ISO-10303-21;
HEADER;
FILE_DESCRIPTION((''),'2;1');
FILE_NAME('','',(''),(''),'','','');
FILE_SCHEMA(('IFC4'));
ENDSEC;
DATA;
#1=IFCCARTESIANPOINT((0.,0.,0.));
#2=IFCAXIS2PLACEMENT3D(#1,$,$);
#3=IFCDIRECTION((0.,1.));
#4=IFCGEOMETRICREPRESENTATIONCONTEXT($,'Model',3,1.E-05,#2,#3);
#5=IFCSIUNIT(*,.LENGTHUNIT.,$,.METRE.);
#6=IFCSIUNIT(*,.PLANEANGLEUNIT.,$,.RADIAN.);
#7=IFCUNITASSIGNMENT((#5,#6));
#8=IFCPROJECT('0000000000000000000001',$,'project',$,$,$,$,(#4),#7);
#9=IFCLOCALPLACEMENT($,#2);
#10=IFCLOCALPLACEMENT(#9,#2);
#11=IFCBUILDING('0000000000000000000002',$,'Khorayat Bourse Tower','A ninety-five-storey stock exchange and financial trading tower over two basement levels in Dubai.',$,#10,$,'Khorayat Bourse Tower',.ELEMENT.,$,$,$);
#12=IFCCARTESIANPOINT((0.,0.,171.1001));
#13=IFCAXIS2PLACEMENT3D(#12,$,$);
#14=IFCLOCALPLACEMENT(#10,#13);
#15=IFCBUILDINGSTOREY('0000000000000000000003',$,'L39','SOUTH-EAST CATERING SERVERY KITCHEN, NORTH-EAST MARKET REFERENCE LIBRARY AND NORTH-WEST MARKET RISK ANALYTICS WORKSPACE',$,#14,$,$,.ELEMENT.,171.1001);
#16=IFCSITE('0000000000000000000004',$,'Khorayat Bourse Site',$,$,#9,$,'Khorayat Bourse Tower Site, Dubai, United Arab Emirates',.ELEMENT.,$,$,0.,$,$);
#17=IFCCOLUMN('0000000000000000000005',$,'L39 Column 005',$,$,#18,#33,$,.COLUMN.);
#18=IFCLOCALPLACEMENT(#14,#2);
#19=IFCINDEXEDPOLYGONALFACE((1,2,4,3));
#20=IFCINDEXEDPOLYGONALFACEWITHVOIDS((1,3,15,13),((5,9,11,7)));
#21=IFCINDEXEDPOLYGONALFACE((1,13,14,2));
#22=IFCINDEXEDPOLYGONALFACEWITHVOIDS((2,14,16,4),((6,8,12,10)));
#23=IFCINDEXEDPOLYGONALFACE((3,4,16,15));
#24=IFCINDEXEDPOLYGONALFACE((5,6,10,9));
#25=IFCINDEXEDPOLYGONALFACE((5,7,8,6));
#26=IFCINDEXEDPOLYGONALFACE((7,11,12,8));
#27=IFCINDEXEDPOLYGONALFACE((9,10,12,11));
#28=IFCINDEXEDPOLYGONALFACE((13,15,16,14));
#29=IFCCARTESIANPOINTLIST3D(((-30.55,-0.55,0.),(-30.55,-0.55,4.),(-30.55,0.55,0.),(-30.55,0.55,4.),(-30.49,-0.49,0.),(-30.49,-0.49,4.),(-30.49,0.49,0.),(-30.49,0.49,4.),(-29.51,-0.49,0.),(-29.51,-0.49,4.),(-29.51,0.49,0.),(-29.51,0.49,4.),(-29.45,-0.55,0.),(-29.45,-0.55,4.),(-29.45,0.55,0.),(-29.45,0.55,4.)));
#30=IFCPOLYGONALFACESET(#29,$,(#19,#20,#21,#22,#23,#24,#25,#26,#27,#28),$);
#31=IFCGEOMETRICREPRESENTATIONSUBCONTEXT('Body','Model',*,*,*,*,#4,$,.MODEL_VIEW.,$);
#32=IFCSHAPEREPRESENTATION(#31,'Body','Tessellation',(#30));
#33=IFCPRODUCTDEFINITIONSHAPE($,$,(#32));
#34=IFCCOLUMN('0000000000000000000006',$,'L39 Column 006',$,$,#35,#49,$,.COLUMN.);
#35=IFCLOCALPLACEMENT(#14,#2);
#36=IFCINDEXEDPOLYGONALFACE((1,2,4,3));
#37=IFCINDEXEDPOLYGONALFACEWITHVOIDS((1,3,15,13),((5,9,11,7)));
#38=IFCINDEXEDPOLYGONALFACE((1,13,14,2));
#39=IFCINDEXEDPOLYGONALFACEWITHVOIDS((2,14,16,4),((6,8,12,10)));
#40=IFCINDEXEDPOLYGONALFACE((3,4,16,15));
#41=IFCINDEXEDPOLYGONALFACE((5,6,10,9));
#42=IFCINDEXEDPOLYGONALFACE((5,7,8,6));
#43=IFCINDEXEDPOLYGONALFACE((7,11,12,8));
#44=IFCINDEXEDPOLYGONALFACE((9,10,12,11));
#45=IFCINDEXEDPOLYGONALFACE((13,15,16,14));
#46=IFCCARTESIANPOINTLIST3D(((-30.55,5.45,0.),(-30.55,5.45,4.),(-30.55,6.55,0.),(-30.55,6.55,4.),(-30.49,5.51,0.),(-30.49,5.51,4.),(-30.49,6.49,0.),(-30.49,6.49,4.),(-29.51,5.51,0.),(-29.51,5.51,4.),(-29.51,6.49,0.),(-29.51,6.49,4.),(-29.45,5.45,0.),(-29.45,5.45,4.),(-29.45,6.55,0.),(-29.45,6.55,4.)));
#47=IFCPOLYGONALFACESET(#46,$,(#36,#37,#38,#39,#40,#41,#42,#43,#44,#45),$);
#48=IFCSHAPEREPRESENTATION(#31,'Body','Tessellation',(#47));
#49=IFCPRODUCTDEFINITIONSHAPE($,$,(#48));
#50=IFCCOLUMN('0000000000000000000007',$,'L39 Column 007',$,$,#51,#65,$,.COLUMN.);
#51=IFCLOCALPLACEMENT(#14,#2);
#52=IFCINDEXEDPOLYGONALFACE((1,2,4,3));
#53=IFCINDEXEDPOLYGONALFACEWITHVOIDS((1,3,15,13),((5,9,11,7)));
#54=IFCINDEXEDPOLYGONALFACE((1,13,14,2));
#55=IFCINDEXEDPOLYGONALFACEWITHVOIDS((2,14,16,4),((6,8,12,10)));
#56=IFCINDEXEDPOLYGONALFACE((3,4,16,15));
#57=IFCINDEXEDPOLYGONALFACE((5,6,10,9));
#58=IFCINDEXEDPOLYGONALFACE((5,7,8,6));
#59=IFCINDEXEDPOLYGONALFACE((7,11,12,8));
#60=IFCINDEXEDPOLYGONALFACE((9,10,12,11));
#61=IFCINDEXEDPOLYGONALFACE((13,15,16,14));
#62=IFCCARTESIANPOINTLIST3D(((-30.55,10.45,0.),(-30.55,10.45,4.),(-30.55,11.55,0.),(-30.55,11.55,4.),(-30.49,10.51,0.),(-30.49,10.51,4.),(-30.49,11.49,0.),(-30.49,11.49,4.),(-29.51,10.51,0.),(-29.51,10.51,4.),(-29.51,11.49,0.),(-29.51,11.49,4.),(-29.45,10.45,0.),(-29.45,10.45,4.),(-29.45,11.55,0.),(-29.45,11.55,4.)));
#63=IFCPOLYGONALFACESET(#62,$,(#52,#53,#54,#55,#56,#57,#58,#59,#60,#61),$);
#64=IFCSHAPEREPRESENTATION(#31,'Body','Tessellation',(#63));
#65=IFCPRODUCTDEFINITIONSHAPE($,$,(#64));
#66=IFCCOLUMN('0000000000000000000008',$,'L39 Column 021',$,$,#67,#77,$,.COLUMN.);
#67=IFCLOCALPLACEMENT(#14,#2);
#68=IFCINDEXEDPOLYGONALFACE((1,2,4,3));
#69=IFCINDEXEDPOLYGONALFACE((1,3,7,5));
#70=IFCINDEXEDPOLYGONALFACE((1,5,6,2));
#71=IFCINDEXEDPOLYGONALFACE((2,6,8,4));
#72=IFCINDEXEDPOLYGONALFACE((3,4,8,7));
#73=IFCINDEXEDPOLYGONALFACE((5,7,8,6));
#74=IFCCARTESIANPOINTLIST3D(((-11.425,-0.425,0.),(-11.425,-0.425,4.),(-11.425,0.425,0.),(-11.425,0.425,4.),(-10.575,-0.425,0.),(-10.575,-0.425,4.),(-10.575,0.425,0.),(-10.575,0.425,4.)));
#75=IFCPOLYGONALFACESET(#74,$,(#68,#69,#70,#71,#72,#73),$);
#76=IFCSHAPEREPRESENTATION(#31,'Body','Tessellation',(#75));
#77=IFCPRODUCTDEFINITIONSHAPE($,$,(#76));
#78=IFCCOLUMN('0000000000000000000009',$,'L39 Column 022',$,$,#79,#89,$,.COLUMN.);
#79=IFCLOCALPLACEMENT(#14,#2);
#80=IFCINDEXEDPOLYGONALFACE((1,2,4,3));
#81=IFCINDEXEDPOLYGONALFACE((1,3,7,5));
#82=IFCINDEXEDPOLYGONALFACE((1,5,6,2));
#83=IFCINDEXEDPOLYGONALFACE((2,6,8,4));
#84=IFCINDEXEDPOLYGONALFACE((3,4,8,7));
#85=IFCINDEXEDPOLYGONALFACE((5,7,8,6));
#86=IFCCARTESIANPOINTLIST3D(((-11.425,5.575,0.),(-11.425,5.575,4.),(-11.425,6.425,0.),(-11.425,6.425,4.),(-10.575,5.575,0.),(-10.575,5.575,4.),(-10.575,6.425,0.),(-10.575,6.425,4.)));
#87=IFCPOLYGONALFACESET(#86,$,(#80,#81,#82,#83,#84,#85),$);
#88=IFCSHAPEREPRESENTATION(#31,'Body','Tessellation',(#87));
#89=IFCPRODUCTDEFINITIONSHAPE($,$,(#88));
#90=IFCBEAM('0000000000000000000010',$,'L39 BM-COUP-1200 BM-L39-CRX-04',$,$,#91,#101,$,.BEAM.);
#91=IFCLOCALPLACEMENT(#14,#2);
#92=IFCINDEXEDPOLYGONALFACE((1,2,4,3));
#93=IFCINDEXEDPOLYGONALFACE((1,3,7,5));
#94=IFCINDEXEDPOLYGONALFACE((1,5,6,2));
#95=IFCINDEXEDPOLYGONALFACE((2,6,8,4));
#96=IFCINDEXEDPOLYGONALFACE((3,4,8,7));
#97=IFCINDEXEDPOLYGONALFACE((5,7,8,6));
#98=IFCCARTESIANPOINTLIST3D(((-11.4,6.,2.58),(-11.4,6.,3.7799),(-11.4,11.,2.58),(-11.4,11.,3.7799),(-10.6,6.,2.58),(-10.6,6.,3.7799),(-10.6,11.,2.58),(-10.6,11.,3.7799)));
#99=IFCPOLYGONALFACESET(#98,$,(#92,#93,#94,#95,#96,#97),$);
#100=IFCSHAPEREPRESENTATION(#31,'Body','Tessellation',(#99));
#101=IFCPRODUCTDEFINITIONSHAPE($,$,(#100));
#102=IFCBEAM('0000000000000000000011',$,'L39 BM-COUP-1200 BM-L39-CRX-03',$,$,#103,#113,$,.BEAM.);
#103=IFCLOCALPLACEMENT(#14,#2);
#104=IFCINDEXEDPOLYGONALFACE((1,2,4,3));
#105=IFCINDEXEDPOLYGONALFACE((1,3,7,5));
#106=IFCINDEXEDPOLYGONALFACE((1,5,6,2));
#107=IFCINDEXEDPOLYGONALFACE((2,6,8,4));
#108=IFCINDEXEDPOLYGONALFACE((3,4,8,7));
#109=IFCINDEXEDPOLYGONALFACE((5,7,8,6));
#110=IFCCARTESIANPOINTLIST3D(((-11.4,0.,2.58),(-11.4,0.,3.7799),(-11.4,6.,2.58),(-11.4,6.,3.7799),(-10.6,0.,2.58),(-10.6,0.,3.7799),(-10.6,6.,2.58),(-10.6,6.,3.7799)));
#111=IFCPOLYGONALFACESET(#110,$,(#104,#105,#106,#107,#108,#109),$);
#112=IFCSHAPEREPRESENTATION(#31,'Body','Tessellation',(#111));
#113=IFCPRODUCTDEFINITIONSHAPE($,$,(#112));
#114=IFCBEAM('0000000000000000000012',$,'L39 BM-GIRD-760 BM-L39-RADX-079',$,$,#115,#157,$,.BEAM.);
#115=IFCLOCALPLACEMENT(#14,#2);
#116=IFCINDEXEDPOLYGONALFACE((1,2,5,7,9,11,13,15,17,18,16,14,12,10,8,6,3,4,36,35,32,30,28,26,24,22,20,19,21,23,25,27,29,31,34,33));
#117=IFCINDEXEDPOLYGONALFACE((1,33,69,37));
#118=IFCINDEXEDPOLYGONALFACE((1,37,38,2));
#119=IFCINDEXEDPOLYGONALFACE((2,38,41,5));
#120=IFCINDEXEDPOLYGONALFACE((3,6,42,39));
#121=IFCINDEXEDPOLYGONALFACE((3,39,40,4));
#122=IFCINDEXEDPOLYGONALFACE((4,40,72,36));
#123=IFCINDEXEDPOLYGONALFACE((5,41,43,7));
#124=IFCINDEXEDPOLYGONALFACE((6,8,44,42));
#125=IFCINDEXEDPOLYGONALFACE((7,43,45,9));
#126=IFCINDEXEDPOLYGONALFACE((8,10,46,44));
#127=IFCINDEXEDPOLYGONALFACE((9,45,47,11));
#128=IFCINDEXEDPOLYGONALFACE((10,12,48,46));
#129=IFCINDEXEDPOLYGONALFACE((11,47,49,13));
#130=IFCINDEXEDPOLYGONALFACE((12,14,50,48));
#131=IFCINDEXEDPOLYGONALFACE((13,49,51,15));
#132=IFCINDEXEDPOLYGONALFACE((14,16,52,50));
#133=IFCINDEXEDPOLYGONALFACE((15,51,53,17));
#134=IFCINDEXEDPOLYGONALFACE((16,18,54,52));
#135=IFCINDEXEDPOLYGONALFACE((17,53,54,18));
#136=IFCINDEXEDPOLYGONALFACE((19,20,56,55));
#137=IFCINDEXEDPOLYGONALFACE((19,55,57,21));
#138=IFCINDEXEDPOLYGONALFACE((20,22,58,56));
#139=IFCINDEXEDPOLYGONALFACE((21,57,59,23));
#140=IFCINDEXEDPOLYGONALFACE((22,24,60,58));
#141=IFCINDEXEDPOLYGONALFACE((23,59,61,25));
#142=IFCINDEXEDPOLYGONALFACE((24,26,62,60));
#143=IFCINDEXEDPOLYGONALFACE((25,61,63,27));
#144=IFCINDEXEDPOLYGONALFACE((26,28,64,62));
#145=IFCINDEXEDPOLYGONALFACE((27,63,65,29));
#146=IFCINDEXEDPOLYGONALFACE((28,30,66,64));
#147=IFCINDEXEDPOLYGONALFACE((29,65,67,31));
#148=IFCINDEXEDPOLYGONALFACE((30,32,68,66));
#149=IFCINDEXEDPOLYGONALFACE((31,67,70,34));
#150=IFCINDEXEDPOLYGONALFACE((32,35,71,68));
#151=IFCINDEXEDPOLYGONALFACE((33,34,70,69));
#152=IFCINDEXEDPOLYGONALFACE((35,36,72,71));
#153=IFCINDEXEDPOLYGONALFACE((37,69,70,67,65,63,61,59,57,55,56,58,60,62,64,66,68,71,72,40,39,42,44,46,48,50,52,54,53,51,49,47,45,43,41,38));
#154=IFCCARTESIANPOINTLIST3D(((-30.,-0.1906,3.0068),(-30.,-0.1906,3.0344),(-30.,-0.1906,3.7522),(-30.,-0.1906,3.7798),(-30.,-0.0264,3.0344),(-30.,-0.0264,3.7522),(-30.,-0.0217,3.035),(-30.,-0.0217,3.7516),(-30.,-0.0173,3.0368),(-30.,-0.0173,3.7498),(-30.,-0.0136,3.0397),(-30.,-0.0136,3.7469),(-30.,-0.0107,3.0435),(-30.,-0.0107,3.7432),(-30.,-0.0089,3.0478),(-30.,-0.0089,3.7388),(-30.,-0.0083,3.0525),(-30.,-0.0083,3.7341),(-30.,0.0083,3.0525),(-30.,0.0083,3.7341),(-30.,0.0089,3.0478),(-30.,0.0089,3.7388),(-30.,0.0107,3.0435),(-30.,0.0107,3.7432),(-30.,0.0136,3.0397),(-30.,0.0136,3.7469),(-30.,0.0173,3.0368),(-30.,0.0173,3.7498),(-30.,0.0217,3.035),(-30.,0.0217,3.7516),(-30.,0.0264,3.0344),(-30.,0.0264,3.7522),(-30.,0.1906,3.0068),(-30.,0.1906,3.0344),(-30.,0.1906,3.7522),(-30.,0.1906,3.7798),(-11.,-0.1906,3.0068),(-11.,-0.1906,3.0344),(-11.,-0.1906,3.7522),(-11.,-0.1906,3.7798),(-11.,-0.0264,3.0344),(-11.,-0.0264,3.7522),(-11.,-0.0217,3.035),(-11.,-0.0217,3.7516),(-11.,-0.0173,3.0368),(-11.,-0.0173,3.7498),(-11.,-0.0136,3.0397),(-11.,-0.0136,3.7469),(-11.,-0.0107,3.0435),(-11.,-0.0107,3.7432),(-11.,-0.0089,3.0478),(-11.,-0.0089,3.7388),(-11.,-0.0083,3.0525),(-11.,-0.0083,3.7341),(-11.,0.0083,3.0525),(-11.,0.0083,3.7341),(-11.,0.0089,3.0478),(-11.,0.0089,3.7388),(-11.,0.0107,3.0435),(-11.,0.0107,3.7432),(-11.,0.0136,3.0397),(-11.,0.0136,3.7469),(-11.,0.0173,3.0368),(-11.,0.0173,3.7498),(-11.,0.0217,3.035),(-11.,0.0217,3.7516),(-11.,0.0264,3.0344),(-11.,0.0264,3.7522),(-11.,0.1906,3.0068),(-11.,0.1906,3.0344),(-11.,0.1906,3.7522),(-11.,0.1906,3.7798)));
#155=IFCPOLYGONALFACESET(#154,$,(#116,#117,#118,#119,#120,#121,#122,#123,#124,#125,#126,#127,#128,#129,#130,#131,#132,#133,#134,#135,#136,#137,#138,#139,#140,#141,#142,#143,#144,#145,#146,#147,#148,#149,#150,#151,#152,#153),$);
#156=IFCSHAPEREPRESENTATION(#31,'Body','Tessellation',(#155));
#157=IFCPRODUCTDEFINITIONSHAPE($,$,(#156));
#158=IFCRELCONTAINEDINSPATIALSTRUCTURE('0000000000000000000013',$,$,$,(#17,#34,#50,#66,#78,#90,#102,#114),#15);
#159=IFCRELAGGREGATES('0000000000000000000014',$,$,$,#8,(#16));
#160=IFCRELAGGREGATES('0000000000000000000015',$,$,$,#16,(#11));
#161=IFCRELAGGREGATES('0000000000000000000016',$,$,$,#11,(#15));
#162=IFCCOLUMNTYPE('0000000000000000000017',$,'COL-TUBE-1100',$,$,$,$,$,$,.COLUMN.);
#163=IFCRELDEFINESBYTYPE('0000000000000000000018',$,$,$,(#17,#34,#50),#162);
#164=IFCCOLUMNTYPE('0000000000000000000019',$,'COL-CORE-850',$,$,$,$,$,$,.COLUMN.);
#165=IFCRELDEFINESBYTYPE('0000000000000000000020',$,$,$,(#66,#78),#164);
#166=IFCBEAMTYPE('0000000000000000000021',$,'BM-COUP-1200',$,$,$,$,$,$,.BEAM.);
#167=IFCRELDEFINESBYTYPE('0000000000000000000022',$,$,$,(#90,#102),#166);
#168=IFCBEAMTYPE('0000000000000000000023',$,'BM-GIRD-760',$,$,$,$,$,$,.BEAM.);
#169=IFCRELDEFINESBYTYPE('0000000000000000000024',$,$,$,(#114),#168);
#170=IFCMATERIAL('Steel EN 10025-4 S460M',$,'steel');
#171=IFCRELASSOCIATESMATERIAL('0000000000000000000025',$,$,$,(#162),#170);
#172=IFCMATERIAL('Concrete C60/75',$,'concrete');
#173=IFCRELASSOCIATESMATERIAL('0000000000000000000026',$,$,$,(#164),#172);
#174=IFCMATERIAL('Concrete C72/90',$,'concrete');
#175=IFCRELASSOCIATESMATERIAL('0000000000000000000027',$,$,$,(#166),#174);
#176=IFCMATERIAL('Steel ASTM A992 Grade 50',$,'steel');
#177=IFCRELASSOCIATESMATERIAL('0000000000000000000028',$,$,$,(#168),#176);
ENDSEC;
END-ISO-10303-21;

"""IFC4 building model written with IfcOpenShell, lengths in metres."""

from ifc_helpers import new_model, si_unit, direction, frame, origin, origin_2d, place, context, subcontext, project, spatial, rectangle, hollow_rectangle, i_section, extrude, source, transform, mapped, material, material_profile, profile_set, type_object, element, save


model = new_model("IFC4")

# Units and contexts
model_context = context("Model", 3, precision=1e-05, world=origin(), true_north=direction((0.0, 1.0)))
body_context = subcontext(model_context, "Body", "Model", "MODEL_VIEW")
ifc_project = project(units=[si_unit("LENGTHUNIT", "METRE"), si_unit("PLANEANGLEUNIT", "RADIAN")], contexts=[model_context])

# Site, building, storey
site_placement = place(None, origin())
site = spatial("IfcSite", under=ifc_project, at=site_placement, Name="Khorayat Bourse Site", LongName="Khorayat Bourse Tower Site, Dubai, United Arab Emirates", CompositionType="ELEMENT", RefElevation=0.0)
building_placement = place(site_placement, origin())
building = spatial("IfcBuilding", under=site, at=building_placement, Name="Khorayat Bourse Tower", Description="A ninety-five-storey stock exchange and financial trading tower over two basement levels in Dubai.", LongName="Khorayat Bourse Tower", CompositionType="ELEMENT")
storey_placement = place(building_placement, frame((0.0, 0.0, 171.1001)))
storey = spatial("IfcBuildingStorey", under=building, at=storey_placement, Name="L39", Description="SOUTH-EAST CATERING SERVERY KITCHEN, NORTH-EAST MARKET REFERENCE LIBRARY AND NORTH-WEST MARKET RISK ANALYTICS WORKSPACE", CompositionType="ELEMENT", Elevation=171.1001)

# Columns
ifc_material_1 = material(Name="Steel EN 10025-4 S460M", Category="steel")
ifc_material_profile_1 = material_profile(ifc_material_1, hollow_rectangle(XDim=1.1001, YDim=1.1001, WallThickness=0.0601, at=origin_2d()), Name="BOX 1100x1100x60")
ifc_profile_set_1 = profile_set([ifc_material_profile_1], Name="Steel EN 10025-4 S460M")
column_type_1 = type_object("IfcColumnType", Name="COL-TUBE-1100", PredefinedType="COLUMN", material=ifc_profile_set_1)
shared_shape_1 = source(origin(), body_context, "Body", "SweptSolid", [
    extrude(hollow_rectangle(XDim=1.1001, YDim=1.1001, WallThickness=0.0601, at=origin_2d()), origin(), (0.0, 0.0, 1.0), 4.0),
])
for number, where, z_axis, x_axis, name in (
    (1, (-30.0, 0.0, 0.0), (0.0, 0.0, 1.0), (1.0, 0.0, 0.0), "L39 Column 005"),
    (2, (-30.0, 6.0, 0.0), (0.0, 0.0, 1.0), (1.0, 0.0, 0.0), "L39 Column 006"),
    (3, (-30.0, 11.0, 0.0), (0.0, 0.0, 1.0), (1.0, 0.0, 0.0), "L39 Column 007"),
):
    element("IfcColumn", number, at=place(storey_placement, frame(where, z_axis=z_axis, x_axis=x_axis)), inside=storey, type_object=column_type_1, Name=name, PredefinedType="COLUMN", context=body_context, shape_type="MappedRepresentation", body=[
        mapped(shared_shape_1, transform((0.0, 0.0, 0.0), scale=1.0)),
    ])
ifc_material_2 = material(Name="Concrete C60/75", Category="concrete")
ifc_material_profile_2 = material_profile(ifc_material_2, rectangle(XDim=0.8501, YDim=0.8501, at=origin_2d()), Name="RC 850x850")
ifc_profile_set_2 = profile_set([ifc_material_profile_2], Name="Concrete C60/75")
column_type_2 = type_object("IfcColumnType", Name="COL-CORE-850", PredefinedType="COLUMN", material=ifc_profile_set_2)
shared_shape_2 = source(origin(), body_context, "Body", "SweptSolid", [
    extrude(rectangle(XDim=0.8501, YDim=0.8501, at=origin_2d()), origin(), (0.0, 0.0, 1.0), 4.0),
])
for number, where, z_axis, x_axis, name in (
    (4, (-11.0, 0.0, 0.0), (0.0, 0.0, 1.0), (1.0, 0.0, 0.0), "L39 Column 021"),
    (5, (-11.0, 6.0, 0.0), (0.0, 0.0, 1.0), (1.0, 0.0, 0.0), "L39 Column 022"),
):
    element("IfcColumn", number, at=place(storey_placement, frame(where, z_axis=z_axis, x_axis=x_axis)), inside=storey, type_object=column_type_2, Name=name, PredefinedType="COLUMN", context=body_context, shape_type="MappedRepresentation", body=[
        mapped(shared_shape_2, transform((0.0, 0.0, 0.0), scale=1.0)),
    ])

# Beams
ifc_material_3 = material(Name="Concrete C72/90", Category="concrete")
ifc_material_profile_3 = material_profile(ifc_material_3, rectangle(XDim=0.8, YDim=1.2, at=origin_2d()), Name="RC 800x1200")
ifc_profile_set_3 = profile_set([ifc_material_profile_3], Name="Concrete C72/90")
beam_type_1 = type_object("IfcBeamType", Name="BM-COUP-1200", PredefinedType="BEAM", material=ifc_profile_set_3)
shared_shape_3 = source(origin(), body_context, "Body", "SweptSolid", [
    extrude(rectangle(XDim=0.8, YDim=1.2, at=origin_2d()), origin(), (0.0, 0.0, 1.0), 5.0),
])
beam_1_placement = place(storey_placement, frame((-11.0, 6.0, 3.1799), z_axis=(0.0, 1.0, 0.0), x_axis=(-1.0, 0.0, 0.0)))
element("IfcBeam", 6, at=beam_1_placement, inside=storey, type_object=beam_type_1, Name="L39 BM-COUP-1200 BM-L39-CRX-04", PredefinedType="BEAM", context=body_context, shape_type="MappedRepresentation", body=[
    mapped(shared_shape_3, transform((0.0, 0.0, 0.0), scale=1.0)),
])
shared_shape_4 = source(origin(), body_context, "Body", "SweptSolid", [
    extrude(rectangle(XDim=0.8, YDim=1.2, at=origin_2d()), origin(), (0.0, 0.0, 1.0), 6.0),
])
beam_2_placement = place(storey_placement, frame((-11.0, 0.0, 3.1799), z_axis=(0.0, 1.0, 0.0), x_axis=(-1.0, 0.0, 0.0)))
element("IfcBeam", 7, at=beam_2_placement, inside=storey, type_object=beam_type_1, Name="L39 BM-COUP-1200 BM-L39-CRX-03", PredefinedType="BEAM", context=body_context, shape_type="MappedRepresentation", body=[
    mapped(shared_shape_4, transform((0.0, 0.0, 0.0), scale=1.0)),
])
ifc_material_4 = material(Name="Steel ASTM A992 Grade 50", Category="steel")
ifc_material_profile_4 = material_profile(ifc_material_4, i_section(OverallWidth=0.3811, OverallDepth=0.7729, WebThickness=0.0166, FlangeThickness=0.0276, FilletRadius=0.0181, at=origin_2d()), Name="W760X257")
ifc_profile_set_4 = profile_set([ifc_material_profile_4], Name="Steel ASTM A992 Grade 50")
beam_type_2 = type_object("IfcBeamType", Name="BM-GIRD-760", PredefinedType="BEAM", material=ifc_profile_set_4)
shared_shape_5 = source(origin(), body_context, "Body", "SweptSolid", [
    extrude(i_section(OverallWidth=0.3811, OverallDepth=0.7729, WebThickness=0.0166, FlangeThickness=0.0276, FilletRadius=0.0181, at=origin_2d()), origin(), (0.0, 0.0, 1.0), 19.0),
])
for number, where, z_axis, x_axis, name in (
    (8, (-30.0, 0.0, 3.3933), (1.0, 0.0, 0.0), (0.0, 1.0, 0.0), "L39 BM-GIRD-760 BM-L39-RADX-079"),
):
    element("IfcBeam", number, at=place(storey_placement, frame(where, z_axis=z_axis, x_axis=x_axis)), inside=storey, type_object=beam_type_2, Name=name, PredefinedType="BEAM", context=body_context, shape_type="MappedRepresentation", body=[
        mapped(shared_shape_5, transform((0.0, 0.0, 0.0), scale=1.0)),
    ])

save(model, "model.ifc")
